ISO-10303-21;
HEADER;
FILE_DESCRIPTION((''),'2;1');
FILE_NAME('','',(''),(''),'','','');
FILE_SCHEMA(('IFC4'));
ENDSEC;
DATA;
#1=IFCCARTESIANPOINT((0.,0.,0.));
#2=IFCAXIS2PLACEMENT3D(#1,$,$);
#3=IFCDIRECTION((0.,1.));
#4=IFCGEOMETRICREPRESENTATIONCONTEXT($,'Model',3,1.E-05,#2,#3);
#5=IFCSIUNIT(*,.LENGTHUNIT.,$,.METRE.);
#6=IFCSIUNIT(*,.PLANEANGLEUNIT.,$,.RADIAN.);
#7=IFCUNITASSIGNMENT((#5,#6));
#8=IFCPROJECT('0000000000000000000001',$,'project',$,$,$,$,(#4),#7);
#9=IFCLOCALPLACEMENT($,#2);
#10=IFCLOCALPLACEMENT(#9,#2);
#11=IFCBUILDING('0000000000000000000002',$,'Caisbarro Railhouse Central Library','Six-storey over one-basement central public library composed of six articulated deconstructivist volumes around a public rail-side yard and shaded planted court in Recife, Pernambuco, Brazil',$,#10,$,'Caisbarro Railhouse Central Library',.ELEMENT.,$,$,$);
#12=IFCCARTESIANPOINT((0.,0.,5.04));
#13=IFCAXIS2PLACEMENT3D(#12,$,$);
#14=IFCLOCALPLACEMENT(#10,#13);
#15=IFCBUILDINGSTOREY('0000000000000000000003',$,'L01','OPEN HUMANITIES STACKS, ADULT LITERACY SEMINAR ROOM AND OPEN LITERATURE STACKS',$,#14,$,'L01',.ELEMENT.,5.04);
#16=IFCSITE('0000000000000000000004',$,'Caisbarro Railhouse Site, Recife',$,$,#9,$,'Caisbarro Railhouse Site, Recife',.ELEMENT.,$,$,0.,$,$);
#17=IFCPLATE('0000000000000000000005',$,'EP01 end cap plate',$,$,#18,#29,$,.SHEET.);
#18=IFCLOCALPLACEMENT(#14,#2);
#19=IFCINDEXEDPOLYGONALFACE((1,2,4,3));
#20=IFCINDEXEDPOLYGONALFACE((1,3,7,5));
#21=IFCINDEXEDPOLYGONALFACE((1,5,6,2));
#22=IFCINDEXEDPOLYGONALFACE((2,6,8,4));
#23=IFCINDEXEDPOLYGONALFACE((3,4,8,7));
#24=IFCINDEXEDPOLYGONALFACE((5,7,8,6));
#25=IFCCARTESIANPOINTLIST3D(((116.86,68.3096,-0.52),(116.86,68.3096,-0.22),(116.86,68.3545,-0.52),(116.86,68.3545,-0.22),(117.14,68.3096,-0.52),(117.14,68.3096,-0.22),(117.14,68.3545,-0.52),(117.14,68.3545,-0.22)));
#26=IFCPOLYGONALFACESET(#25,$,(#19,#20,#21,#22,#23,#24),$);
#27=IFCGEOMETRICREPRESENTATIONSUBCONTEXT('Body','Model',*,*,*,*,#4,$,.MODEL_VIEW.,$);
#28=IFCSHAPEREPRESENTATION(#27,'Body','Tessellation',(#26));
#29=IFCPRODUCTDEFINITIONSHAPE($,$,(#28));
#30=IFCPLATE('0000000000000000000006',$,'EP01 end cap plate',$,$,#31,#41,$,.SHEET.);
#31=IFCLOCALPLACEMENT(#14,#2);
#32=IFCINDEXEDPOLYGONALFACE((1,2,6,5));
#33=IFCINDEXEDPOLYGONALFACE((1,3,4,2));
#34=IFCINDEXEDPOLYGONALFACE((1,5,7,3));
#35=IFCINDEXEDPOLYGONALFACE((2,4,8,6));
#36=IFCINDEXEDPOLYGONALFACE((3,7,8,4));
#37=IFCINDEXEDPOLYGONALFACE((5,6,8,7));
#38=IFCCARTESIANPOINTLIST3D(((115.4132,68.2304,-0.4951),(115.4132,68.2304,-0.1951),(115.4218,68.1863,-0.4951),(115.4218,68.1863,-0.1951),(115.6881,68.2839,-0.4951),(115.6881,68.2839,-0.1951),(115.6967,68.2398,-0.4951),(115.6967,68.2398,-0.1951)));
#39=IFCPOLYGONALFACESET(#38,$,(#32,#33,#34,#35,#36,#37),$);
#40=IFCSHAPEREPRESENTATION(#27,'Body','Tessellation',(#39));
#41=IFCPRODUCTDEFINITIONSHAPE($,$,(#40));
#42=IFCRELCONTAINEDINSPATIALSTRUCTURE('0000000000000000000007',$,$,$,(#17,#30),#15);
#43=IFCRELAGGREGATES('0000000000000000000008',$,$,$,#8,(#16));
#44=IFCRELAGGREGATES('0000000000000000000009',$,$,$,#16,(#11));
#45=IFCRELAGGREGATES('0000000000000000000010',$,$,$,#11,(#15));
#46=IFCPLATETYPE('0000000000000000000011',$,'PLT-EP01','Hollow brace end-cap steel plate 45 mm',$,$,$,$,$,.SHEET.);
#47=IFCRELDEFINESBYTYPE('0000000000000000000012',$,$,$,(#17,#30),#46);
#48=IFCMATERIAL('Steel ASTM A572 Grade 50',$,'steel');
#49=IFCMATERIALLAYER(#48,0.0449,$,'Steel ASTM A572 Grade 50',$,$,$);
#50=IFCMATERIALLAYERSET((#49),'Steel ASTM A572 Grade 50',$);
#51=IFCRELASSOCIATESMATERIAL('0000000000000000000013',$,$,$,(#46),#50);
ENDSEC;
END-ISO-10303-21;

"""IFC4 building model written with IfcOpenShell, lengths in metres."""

from ifc_helpers import new_model, si_unit, direction, frame, origin, origin_2d, place, context, subcontext, project, spatial, rectangle, extrude, material, layer, layer_set, type_object, element, save


model = new_model("IFC4")

# Units and contexts
model_context = context("Model", 3, precision=1e-05, world=origin(), true_north=direction((0.0, 1.0)))
body_context = subcontext(model_context, "Body", "Model", "MODEL_VIEW")
ifc_project = project(units=[si_unit("LENGTHUNIT", "METRE"), si_unit("PLANEANGLEUNIT", "RADIAN")], contexts=[model_context])

# Site, building, storey
site_placement = place(None, origin())
site = spatial("IfcSite", under=ifc_project, at=site_placement, Name="Caisbarro Railhouse Site, Recife", LongName="Caisbarro Railhouse Site, Recife", CompositionType="ELEMENT", RefElevation=0.0)
building_placement = place(site_placement, origin())
building = spatial("IfcBuilding", under=site, at=building_placement, Name="Caisbarro Railhouse Central Library", Description="Six-storey over one-basement central public library composed of six articulated deconstructivist volumes around a public rail-side yard and shaded planted court in Recife, Pernambuco, Brazil", LongName="Caisbarro Railhouse Central Library", CompositionType="ELEMENT")
storey_placement = place(building_placement, frame((0.0, 0.0, 5.04)))
storey = spatial("IfcBuildingStorey", under=building, at=storey_placement, Name="L01", Description="OPEN HUMANITIES STACKS, ADULT LITERACY SEMINAR ROOM AND OPEN LITERATURE STACKS", LongName="L01", CompositionType="ELEMENT", Elevation=5.04)

# Shared definitions
ifc_material_1 = material(Name="Steel ASTM A572 Grade 50", Category="steel")

# Plates
ifc_layer_1 = layer(ifc_material_1, 0.0449, Name="Steel ASTM A572 Grade 50")
ifc_layer_set_1 = layer_set([ifc_layer_1], Name="Steel ASTM A572 Grade 50")
plate_type_1 = type_object("IfcPlateType", Name="PLT-EP01", Description="Hollow brace end-cap steel plate 45 mm", PredefinedType="SHEET", material=ifc_layer_set_1)
for number, where, z_axis, x_axis, name in (
    (1, (117.0, 68.332, -0.52), (0.0, 0.0, 1.0), (0.0, 1.0, 0.0), "EP01 end cap plate"),
    (2, (115.5549, 68.2351, -0.4951), (0.0, 0.0, 1.0), (-0.190809, 0.981627, 0.0), "EP01 end cap plate"),
):
    element("IfcPlate", number, at=place(storey_placement, frame(where, z_axis=z_axis, x_axis=x_axis)), inside=storey, type_object=plate_type_1, Name=name, PredefinedType="SHEET", context=body_context, shape_type="SweptSolid", body=[
        extrude(rectangle(XDim=0.0449, YDim=0.28, at=origin_2d()), origin(), (0.0, 0.0, 1.0), 0.3),
    ])

save(model, "model.ifc")
